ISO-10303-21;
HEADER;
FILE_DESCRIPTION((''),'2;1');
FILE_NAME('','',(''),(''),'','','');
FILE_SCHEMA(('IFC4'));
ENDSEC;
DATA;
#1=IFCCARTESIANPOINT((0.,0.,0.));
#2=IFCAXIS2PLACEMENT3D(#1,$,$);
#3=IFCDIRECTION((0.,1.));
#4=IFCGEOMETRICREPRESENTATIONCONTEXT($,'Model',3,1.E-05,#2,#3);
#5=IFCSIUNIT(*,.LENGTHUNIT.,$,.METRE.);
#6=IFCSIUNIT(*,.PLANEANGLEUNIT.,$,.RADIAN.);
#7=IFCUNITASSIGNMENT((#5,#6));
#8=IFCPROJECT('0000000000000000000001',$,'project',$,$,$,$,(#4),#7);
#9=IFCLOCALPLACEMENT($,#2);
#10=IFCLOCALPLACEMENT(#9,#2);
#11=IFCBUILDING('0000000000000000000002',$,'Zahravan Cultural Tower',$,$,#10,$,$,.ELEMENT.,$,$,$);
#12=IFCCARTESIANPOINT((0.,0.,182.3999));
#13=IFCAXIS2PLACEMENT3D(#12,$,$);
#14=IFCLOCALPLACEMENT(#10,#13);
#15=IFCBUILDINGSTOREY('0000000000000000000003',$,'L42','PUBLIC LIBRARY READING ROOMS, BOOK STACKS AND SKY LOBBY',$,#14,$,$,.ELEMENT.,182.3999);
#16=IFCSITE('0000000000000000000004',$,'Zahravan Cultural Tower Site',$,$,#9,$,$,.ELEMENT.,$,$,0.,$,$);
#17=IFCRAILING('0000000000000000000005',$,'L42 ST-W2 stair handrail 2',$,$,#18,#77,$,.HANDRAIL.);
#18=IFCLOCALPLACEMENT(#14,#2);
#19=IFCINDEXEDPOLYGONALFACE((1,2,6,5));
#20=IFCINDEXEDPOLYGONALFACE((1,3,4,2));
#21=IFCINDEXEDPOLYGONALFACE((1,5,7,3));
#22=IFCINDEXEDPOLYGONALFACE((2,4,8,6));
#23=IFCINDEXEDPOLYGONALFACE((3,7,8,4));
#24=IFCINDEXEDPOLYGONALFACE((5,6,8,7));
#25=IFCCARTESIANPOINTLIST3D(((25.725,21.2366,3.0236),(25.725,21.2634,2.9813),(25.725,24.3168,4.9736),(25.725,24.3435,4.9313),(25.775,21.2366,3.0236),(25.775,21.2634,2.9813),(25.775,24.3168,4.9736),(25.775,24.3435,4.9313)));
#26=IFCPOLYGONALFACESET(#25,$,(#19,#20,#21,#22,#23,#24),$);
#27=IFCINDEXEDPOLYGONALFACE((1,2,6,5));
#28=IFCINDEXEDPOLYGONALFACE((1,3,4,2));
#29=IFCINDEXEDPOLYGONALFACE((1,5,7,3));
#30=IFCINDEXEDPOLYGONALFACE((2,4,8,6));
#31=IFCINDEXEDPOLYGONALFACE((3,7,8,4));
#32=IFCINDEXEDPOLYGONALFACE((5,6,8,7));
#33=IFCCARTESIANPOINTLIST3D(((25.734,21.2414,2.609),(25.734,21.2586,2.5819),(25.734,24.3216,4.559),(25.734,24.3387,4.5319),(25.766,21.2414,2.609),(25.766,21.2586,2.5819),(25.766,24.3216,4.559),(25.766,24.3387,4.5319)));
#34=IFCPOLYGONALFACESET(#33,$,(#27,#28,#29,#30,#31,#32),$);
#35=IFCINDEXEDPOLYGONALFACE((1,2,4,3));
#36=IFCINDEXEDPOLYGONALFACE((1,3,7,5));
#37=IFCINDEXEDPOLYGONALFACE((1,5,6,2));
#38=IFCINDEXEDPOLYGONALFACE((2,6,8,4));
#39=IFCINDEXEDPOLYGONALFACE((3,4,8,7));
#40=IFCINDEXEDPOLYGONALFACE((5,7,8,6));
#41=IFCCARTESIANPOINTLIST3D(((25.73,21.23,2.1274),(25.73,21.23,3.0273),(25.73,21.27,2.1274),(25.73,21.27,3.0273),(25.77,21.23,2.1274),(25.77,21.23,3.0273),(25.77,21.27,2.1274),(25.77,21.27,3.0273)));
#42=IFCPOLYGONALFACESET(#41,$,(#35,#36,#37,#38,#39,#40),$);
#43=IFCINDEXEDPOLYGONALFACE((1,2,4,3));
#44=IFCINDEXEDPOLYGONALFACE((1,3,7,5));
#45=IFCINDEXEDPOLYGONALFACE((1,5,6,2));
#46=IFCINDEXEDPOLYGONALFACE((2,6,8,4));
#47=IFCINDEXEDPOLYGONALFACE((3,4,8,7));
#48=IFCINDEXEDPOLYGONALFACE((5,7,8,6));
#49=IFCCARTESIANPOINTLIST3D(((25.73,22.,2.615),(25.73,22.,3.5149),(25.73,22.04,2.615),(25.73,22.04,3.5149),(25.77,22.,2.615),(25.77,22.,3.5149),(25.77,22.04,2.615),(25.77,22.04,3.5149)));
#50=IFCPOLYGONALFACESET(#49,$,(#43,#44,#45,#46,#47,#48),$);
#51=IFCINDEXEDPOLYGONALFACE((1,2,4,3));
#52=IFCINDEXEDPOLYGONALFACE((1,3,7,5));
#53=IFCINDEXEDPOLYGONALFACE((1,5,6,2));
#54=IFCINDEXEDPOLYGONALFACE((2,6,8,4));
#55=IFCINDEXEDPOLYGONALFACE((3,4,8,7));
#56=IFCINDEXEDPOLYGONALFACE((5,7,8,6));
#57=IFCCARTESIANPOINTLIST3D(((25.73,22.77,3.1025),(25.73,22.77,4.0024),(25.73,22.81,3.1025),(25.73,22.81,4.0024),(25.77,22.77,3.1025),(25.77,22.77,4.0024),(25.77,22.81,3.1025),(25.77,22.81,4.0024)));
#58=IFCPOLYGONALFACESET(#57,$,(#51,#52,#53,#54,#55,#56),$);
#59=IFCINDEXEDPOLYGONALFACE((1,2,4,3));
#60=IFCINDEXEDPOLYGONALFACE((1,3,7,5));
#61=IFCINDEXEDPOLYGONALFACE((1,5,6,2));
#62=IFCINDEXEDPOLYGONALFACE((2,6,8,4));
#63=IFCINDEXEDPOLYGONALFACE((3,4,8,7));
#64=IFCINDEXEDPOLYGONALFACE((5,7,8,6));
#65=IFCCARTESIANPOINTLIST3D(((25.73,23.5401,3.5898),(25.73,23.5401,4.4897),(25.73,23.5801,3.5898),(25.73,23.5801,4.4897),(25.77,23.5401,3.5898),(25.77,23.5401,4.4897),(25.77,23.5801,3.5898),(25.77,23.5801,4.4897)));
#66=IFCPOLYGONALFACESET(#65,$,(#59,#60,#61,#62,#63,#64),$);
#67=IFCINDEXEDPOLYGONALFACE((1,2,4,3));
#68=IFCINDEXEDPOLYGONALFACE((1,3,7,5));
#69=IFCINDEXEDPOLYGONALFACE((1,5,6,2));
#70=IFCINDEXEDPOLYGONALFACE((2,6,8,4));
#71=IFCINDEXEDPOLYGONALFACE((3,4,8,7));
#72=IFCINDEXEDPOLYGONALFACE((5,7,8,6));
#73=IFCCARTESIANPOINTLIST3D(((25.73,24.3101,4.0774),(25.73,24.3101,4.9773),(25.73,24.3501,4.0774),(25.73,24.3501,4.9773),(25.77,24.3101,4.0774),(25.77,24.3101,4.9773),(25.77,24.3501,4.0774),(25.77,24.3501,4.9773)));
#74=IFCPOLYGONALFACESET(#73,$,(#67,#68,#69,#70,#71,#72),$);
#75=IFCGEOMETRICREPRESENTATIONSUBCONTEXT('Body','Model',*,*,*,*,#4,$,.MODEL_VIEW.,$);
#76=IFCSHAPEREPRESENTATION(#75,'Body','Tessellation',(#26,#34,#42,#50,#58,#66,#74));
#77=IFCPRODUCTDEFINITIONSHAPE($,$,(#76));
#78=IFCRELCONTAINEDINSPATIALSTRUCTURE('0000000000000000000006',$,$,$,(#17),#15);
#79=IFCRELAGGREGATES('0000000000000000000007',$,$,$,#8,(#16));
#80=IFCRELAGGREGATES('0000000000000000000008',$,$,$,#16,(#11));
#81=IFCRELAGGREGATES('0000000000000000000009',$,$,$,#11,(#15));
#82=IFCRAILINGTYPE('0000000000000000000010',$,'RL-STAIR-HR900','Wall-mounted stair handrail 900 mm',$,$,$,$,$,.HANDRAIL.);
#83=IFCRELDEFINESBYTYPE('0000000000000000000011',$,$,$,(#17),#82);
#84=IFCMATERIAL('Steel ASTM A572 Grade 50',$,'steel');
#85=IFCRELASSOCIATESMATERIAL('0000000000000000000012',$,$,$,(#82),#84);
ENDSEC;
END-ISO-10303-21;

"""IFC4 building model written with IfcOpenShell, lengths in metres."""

from ifc_helpers import new_model, si_unit, direction, frame, origin, origin_2d, place, context, subcontext, project, spatial, rectangle, extrude, material, type_object, element, save


model = new_model("IFC4")

# Units and contexts
model_context = context("Model", 3, precision=1e-05, world=origin(), true_north=direction((0.0, 1.0)))
body_context = subcontext(model_context, "Body", "Model", "MODEL_VIEW")
ifc_project = project(units=[si_unit("LENGTHUNIT", "METRE"), si_unit("PLANEANGLEUNIT", "RADIAN")], contexts=[model_context])

# Site, building, storey
site_placement = place(None, origin())
site = spatial("IfcSite", under=ifc_project, at=site_placement, Name="Zahravan Cultural Tower Site", CompositionType="ELEMENT", RefElevation=0.0)
building_placement = place(site_placement, origin())
building = spatial("IfcBuilding", under=site, at=building_placement, Name="Zahravan Cultural Tower", CompositionType="ELEMENT")
storey_placement = place(building_placement, frame((0.0, 0.0, 182.3999)))
storey = spatial("IfcBuildingStorey", under=building, at=storey_placement, Name="L42", Description="PUBLIC LIBRARY READING ROOMS, BOOK STACKS AND SKY LOBBY", CompositionType="ELEMENT", Elevation=182.3999)

# Shared definitions
ifc_material_1 = material(Name="Steel ASTM A572 Grade 50", Category="steel")

# Railing
railing_type_1 = type_object("IfcRailingType", Name="RL-STAIR-HR900", Description="Wall-mounted stair handrail 900 mm", PredefinedType="HANDRAIL", material=ifc_material_1)
railing_1_placement = place(storey_placement, frame((25.75, 21.25, 2.1274)))
element("IfcRailing", 1, at=railing_1_placement, inside=storey, type_object=railing_type_1, Name="L42 ST-W2 stair handrail 2", PredefinedType="HANDRAIL", context=body_context, shape_type="SweptSolid", body=[
    extrude(rectangle(XDim=0.05, YDim=0.05, at=origin_2d()), frame((0.0, 0.0, 0.875), z_axis=(0.0, 0.844914, 0.534902), x_axis=(-1.0, 0.0, 0.0)), (0.0, 0.0, 1.0), 3.6455),
    extrude(rectangle(XDim=0.032, YDim=0.032, at=origin_2d()), frame((0.0, 0.0, 0.468), z_axis=(0.0, 0.844914, 0.534902), x_axis=(-1.0, 0.0, 0.0)), (0.0, 0.0, 1.0), 3.6455),
    extrude(rectangle(XDim=0.04, YDim=0.04, at=origin_2d()), origin(), (0.0, 0.0, 1.0), 0.8999),
    extrude(rectangle(XDim=0.04, YDim=0.04, at=origin_2d()), frame((0.0, 0.77, 0.4875)), (0.0, 0.0, 1.0), 0.8999),
    extrude(rectangle(XDim=0.04, YDim=0.04, at=origin_2d()), frame((0.0, 1.54, 0.9751)), (0.0, 0.0, 1.0), 0.8999),
    extrude(rectangle(XDim=0.04, YDim=0.04, at=origin_2d()), frame((0.0, 2.3101, 1.4624)), (0.0, 0.0, 1.0), 0.8999),
    extrude(rectangle(XDim=0.04, YDim=0.04, at=origin_2d()), frame((0.0, 3.0801, 1.95)), (0.0, 0.0, 1.0), 0.8999),
])

save(model, "model.ifc")
